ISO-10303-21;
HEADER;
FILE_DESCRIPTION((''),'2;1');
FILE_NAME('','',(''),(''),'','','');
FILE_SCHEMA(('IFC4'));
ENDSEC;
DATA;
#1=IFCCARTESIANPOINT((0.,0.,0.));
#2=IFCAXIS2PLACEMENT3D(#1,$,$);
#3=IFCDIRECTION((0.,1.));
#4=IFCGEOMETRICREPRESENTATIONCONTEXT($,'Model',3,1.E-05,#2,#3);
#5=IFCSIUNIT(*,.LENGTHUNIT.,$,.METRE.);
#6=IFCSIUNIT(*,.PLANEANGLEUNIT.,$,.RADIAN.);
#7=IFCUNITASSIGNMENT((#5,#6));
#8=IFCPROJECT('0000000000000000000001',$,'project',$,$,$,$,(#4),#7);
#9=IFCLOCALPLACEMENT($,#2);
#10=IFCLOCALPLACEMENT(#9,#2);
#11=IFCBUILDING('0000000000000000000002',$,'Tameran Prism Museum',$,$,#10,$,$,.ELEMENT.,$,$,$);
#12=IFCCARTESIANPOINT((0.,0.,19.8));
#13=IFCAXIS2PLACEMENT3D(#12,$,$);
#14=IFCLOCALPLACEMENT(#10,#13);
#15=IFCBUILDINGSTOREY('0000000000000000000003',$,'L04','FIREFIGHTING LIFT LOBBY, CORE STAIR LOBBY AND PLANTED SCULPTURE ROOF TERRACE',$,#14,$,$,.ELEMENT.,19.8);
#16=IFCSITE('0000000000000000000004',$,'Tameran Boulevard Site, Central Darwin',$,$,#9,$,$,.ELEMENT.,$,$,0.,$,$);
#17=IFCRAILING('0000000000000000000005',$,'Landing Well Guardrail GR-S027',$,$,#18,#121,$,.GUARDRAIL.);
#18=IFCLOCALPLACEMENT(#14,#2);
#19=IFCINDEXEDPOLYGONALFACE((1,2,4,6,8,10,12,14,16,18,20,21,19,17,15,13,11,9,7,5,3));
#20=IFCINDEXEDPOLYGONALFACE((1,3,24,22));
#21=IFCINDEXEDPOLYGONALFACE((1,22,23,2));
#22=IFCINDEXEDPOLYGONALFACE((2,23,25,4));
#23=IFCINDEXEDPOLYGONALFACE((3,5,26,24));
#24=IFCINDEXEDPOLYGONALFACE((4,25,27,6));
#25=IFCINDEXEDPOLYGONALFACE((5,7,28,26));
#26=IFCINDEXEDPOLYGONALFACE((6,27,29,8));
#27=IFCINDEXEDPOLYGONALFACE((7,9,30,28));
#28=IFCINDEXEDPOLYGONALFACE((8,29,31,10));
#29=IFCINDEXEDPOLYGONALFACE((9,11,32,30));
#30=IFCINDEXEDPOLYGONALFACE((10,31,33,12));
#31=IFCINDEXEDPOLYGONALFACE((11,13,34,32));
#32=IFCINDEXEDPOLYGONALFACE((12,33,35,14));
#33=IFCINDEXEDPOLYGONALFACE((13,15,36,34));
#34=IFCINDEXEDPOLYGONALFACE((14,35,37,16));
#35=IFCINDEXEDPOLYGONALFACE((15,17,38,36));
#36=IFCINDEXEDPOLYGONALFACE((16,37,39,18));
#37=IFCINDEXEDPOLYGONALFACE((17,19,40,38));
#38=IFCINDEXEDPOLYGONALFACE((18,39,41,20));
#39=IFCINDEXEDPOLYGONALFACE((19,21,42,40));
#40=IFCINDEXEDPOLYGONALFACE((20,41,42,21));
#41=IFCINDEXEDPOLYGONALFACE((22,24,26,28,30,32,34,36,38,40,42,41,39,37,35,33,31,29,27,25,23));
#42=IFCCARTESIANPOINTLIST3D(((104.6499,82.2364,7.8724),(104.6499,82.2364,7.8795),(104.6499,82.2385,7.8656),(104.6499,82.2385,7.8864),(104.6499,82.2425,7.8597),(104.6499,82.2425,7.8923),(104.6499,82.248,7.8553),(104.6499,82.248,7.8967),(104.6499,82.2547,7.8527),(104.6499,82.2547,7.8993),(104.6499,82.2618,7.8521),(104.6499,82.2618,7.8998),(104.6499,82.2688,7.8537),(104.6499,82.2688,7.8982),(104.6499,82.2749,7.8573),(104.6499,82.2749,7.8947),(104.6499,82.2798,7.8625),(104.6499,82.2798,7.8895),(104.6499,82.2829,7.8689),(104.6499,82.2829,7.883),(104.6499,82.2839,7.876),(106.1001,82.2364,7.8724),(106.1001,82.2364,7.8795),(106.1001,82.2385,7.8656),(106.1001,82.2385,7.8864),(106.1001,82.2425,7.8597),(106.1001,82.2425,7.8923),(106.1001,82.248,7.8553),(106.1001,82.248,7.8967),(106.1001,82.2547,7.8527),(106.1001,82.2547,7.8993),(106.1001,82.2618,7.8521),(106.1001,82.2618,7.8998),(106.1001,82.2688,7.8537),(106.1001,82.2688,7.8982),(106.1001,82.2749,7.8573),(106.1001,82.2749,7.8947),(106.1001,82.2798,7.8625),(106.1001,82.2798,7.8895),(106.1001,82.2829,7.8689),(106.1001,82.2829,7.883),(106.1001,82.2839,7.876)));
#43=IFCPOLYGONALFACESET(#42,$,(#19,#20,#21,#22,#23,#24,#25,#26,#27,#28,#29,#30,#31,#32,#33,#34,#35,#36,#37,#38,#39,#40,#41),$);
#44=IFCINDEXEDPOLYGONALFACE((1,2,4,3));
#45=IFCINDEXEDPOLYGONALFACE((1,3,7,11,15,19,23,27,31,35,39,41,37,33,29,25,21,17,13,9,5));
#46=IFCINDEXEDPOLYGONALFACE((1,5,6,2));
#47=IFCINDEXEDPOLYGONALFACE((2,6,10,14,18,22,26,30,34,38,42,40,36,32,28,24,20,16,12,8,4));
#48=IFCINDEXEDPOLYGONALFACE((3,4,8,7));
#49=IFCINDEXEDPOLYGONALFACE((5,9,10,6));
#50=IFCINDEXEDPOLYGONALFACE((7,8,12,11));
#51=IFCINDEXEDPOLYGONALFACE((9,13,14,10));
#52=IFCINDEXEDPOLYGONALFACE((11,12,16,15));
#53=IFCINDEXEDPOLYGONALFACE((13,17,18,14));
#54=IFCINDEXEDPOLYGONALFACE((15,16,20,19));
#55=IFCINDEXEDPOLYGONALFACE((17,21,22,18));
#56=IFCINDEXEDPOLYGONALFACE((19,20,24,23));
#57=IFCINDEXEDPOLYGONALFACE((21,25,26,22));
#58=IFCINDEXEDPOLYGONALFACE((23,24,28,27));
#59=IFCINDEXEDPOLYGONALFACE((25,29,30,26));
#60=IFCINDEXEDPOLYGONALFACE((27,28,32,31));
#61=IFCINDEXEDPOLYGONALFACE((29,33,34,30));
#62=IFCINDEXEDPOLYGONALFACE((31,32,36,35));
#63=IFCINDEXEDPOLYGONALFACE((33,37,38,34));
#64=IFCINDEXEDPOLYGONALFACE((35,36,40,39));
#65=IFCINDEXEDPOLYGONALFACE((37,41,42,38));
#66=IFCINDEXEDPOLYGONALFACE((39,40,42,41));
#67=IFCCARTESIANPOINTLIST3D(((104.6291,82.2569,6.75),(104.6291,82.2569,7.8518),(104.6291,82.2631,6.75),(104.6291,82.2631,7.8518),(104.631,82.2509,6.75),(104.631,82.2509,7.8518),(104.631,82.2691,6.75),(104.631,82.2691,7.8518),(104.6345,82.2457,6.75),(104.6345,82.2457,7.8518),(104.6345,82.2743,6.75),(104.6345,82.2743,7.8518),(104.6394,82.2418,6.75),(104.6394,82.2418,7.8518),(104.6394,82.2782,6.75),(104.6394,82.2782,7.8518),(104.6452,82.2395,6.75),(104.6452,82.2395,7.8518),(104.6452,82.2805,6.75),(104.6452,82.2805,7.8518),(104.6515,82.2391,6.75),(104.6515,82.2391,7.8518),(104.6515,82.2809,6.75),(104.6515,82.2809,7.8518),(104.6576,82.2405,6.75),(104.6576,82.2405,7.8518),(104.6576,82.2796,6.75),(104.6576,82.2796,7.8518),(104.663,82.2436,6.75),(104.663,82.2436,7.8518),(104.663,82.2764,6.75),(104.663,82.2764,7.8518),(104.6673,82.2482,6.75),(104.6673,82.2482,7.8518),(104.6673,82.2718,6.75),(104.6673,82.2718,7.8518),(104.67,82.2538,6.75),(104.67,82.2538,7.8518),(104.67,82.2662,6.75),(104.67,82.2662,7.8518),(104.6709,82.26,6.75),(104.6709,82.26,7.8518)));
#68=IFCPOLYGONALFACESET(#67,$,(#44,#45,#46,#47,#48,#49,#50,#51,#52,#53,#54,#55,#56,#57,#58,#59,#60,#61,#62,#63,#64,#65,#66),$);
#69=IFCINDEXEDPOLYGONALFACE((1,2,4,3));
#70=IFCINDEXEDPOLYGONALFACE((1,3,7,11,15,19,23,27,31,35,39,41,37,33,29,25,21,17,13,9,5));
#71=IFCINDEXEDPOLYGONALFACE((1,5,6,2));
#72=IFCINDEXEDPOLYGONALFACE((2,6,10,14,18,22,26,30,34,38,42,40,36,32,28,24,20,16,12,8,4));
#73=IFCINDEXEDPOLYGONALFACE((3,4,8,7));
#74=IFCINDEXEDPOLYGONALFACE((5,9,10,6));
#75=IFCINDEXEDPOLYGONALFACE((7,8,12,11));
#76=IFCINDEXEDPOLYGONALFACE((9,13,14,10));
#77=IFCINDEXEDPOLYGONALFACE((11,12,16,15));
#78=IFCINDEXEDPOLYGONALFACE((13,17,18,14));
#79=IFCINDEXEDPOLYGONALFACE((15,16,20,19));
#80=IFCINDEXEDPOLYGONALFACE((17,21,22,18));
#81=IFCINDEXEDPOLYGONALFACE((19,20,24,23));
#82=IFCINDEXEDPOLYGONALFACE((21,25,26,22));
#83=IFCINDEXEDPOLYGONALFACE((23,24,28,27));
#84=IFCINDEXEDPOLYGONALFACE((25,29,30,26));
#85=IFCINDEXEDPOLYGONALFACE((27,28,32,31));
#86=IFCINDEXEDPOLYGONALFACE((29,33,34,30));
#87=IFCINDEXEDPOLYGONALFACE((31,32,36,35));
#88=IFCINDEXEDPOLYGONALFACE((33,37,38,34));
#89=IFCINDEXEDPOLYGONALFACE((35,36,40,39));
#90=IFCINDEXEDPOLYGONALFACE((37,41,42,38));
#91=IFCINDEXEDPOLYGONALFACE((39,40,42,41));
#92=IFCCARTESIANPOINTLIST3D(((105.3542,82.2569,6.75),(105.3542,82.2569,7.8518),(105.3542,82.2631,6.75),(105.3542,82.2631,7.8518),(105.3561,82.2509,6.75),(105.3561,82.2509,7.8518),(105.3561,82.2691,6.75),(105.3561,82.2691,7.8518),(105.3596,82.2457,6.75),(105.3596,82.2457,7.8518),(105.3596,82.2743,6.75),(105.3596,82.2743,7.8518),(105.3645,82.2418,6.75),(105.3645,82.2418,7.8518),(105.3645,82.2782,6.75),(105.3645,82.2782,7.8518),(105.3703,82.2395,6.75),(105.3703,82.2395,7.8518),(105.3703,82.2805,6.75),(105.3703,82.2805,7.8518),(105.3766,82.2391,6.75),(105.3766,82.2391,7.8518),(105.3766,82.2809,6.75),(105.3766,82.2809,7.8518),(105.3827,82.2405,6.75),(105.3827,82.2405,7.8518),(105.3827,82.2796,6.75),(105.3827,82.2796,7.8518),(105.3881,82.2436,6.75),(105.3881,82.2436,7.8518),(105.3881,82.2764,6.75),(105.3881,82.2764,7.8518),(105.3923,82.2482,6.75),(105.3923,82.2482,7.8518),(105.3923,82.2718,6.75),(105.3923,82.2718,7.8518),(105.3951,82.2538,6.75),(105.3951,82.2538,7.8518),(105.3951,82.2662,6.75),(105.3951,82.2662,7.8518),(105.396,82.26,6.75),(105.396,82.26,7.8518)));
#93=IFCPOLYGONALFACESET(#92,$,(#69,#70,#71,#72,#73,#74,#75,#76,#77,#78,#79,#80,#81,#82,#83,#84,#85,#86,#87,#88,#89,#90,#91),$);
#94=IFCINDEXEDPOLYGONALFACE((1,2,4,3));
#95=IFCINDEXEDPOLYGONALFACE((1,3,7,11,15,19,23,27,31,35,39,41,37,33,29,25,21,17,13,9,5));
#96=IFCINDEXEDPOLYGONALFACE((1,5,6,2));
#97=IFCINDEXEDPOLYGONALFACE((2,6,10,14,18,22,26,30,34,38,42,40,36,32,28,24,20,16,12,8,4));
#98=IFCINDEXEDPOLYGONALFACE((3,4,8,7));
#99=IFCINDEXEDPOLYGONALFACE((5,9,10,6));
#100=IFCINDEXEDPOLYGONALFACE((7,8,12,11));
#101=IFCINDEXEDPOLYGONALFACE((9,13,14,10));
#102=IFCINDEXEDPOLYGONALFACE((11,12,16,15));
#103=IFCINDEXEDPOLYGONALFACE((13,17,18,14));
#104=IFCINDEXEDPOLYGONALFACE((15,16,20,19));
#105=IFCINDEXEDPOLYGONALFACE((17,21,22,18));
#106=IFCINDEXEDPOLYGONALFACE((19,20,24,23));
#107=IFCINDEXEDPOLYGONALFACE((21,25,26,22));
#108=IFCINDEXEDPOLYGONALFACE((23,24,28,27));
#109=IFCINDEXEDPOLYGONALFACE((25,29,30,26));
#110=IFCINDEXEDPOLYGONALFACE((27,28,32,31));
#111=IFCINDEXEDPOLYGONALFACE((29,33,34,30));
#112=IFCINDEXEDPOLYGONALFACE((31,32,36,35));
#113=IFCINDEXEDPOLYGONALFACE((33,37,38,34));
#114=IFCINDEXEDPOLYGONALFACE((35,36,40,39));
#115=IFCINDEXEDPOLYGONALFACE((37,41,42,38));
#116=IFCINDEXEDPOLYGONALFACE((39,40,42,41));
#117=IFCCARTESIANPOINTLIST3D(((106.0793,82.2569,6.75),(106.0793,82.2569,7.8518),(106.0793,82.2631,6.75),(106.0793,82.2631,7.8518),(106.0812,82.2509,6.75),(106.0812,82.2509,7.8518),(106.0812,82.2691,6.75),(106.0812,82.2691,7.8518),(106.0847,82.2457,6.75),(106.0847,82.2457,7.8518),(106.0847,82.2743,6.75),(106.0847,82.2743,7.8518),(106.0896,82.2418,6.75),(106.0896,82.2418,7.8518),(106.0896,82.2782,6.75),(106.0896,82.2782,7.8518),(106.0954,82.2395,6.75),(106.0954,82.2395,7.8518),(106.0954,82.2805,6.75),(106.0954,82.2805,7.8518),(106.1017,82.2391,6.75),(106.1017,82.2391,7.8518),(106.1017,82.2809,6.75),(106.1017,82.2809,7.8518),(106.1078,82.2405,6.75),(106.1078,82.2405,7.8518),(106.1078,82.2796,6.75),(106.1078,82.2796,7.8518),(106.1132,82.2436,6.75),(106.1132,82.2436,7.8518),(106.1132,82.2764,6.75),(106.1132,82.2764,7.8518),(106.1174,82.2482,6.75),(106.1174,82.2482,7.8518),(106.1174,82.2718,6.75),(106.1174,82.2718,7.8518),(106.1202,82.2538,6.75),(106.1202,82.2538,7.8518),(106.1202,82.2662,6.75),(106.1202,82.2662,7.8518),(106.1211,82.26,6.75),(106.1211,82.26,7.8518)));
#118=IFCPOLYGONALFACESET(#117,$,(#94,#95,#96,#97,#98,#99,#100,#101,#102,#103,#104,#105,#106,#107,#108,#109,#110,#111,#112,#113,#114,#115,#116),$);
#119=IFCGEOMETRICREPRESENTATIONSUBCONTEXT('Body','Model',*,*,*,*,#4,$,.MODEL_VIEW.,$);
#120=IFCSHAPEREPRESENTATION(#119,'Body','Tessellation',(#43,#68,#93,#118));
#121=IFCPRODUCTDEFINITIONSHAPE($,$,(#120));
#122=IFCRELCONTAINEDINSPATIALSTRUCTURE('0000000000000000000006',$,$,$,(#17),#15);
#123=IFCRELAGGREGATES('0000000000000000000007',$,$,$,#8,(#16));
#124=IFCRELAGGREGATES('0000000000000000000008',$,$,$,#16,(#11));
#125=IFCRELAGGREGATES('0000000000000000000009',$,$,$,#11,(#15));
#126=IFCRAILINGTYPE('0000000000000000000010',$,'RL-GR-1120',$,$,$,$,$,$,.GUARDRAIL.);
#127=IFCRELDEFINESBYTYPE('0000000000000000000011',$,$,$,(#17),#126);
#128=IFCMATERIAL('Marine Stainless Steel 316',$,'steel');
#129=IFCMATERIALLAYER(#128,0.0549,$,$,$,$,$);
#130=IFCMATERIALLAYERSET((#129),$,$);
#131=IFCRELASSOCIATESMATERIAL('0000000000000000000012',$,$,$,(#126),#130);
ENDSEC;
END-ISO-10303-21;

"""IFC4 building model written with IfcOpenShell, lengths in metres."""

from ifc_helpers import new_model, si_unit, direction, frame, origin, origin_2d, place, context, subcontext, project, spatial, circle, extrude, material, layer, layer_set, type_object, element, save


model = new_model("IFC4")

# Units and contexts
model_context = context("Model", 3, precision=1e-05, world=origin(), true_north=direction((0.0, 1.0)))
body_context = subcontext(model_context, "Body", "Model", "MODEL_VIEW")
ifc_project = project(units=[si_unit("LENGTHUNIT", "METRE"), si_unit("PLANEANGLEUNIT", "RADIAN")], contexts=[model_context])

# Site, building, storey
site_placement = place(None, origin())
site = spatial("IfcSite", under=ifc_project, at=site_placement, Name="Tameran Boulevard Site, Central Darwin", CompositionType="ELEMENT", RefElevation=0.0)
building_placement = place(site_placement, origin())
building = spatial("IfcBuilding", under=site, at=building_placement, Name="Tameran Prism Museum", CompositionType="ELEMENT")
storey_placement = place(building_placement, frame((0.0, 0.0, 19.8)))
storey = spatial("IfcBuildingStorey", under=building, at=storey_placement, Name="L04", Description="FIREFIGHTING LIFT LOBBY, CORE STAIR LOBBY AND PLANTED SCULPTURE ROOF TERRACE", CompositionType="ELEMENT", Elevation=19.8)

# Railing
ifc_material_1 = material(Name="Marine Stainless Steel 316", Category="steel")
ifc_layer_1 = layer(ifc_material_1, 0.0549)
ifc_layer_set_1 = layer_set([ifc_layer_1])
railing_type_1 = type_object("IfcRailingType", Name="RL-GR-1120", PredefinedType="GUARDRAIL", material=ifc_layer_set_1)
for number, where, name in (
    (1, (104.6499, 82.26, 6.75), "Landing Well Guardrail GR-S027"),
):
    element("IfcRailing", number, at=place(storey_placement, frame(where)), inside=storey, type_object=railing_type_1, Name=name, PredefinedType="GUARDRAIL", context=body_context, shape_type="SweptSolid", body=[
        extrude(circle(Radius=0.0239, at=origin_2d()), frame((0.0, 0.0, 1.126), z_axis=(1.0, 0.0, 0.0), x_axis=(0.0, 1.0, 0.0)), (0.0, 0.0, 1.0), 1.4502),
        extrude(circle(Radius=0.021, at=origin_2d()), origin(), (0.0, 0.0, 1.0), 1.1018),
        extrude(circle(Radius=0.021, at=origin_2d()), frame((0.7251, 0.0, 0.0)), (0.0, 0.0, 1.0), 1.1018),
        extrude(circle(Radius=0.021, at=origin_2d()), frame((1.4502, 0.0, 0.0)), (0.0, 0.0, 1.0), 1.1018),
    ])

save(model, "model.ifc")
